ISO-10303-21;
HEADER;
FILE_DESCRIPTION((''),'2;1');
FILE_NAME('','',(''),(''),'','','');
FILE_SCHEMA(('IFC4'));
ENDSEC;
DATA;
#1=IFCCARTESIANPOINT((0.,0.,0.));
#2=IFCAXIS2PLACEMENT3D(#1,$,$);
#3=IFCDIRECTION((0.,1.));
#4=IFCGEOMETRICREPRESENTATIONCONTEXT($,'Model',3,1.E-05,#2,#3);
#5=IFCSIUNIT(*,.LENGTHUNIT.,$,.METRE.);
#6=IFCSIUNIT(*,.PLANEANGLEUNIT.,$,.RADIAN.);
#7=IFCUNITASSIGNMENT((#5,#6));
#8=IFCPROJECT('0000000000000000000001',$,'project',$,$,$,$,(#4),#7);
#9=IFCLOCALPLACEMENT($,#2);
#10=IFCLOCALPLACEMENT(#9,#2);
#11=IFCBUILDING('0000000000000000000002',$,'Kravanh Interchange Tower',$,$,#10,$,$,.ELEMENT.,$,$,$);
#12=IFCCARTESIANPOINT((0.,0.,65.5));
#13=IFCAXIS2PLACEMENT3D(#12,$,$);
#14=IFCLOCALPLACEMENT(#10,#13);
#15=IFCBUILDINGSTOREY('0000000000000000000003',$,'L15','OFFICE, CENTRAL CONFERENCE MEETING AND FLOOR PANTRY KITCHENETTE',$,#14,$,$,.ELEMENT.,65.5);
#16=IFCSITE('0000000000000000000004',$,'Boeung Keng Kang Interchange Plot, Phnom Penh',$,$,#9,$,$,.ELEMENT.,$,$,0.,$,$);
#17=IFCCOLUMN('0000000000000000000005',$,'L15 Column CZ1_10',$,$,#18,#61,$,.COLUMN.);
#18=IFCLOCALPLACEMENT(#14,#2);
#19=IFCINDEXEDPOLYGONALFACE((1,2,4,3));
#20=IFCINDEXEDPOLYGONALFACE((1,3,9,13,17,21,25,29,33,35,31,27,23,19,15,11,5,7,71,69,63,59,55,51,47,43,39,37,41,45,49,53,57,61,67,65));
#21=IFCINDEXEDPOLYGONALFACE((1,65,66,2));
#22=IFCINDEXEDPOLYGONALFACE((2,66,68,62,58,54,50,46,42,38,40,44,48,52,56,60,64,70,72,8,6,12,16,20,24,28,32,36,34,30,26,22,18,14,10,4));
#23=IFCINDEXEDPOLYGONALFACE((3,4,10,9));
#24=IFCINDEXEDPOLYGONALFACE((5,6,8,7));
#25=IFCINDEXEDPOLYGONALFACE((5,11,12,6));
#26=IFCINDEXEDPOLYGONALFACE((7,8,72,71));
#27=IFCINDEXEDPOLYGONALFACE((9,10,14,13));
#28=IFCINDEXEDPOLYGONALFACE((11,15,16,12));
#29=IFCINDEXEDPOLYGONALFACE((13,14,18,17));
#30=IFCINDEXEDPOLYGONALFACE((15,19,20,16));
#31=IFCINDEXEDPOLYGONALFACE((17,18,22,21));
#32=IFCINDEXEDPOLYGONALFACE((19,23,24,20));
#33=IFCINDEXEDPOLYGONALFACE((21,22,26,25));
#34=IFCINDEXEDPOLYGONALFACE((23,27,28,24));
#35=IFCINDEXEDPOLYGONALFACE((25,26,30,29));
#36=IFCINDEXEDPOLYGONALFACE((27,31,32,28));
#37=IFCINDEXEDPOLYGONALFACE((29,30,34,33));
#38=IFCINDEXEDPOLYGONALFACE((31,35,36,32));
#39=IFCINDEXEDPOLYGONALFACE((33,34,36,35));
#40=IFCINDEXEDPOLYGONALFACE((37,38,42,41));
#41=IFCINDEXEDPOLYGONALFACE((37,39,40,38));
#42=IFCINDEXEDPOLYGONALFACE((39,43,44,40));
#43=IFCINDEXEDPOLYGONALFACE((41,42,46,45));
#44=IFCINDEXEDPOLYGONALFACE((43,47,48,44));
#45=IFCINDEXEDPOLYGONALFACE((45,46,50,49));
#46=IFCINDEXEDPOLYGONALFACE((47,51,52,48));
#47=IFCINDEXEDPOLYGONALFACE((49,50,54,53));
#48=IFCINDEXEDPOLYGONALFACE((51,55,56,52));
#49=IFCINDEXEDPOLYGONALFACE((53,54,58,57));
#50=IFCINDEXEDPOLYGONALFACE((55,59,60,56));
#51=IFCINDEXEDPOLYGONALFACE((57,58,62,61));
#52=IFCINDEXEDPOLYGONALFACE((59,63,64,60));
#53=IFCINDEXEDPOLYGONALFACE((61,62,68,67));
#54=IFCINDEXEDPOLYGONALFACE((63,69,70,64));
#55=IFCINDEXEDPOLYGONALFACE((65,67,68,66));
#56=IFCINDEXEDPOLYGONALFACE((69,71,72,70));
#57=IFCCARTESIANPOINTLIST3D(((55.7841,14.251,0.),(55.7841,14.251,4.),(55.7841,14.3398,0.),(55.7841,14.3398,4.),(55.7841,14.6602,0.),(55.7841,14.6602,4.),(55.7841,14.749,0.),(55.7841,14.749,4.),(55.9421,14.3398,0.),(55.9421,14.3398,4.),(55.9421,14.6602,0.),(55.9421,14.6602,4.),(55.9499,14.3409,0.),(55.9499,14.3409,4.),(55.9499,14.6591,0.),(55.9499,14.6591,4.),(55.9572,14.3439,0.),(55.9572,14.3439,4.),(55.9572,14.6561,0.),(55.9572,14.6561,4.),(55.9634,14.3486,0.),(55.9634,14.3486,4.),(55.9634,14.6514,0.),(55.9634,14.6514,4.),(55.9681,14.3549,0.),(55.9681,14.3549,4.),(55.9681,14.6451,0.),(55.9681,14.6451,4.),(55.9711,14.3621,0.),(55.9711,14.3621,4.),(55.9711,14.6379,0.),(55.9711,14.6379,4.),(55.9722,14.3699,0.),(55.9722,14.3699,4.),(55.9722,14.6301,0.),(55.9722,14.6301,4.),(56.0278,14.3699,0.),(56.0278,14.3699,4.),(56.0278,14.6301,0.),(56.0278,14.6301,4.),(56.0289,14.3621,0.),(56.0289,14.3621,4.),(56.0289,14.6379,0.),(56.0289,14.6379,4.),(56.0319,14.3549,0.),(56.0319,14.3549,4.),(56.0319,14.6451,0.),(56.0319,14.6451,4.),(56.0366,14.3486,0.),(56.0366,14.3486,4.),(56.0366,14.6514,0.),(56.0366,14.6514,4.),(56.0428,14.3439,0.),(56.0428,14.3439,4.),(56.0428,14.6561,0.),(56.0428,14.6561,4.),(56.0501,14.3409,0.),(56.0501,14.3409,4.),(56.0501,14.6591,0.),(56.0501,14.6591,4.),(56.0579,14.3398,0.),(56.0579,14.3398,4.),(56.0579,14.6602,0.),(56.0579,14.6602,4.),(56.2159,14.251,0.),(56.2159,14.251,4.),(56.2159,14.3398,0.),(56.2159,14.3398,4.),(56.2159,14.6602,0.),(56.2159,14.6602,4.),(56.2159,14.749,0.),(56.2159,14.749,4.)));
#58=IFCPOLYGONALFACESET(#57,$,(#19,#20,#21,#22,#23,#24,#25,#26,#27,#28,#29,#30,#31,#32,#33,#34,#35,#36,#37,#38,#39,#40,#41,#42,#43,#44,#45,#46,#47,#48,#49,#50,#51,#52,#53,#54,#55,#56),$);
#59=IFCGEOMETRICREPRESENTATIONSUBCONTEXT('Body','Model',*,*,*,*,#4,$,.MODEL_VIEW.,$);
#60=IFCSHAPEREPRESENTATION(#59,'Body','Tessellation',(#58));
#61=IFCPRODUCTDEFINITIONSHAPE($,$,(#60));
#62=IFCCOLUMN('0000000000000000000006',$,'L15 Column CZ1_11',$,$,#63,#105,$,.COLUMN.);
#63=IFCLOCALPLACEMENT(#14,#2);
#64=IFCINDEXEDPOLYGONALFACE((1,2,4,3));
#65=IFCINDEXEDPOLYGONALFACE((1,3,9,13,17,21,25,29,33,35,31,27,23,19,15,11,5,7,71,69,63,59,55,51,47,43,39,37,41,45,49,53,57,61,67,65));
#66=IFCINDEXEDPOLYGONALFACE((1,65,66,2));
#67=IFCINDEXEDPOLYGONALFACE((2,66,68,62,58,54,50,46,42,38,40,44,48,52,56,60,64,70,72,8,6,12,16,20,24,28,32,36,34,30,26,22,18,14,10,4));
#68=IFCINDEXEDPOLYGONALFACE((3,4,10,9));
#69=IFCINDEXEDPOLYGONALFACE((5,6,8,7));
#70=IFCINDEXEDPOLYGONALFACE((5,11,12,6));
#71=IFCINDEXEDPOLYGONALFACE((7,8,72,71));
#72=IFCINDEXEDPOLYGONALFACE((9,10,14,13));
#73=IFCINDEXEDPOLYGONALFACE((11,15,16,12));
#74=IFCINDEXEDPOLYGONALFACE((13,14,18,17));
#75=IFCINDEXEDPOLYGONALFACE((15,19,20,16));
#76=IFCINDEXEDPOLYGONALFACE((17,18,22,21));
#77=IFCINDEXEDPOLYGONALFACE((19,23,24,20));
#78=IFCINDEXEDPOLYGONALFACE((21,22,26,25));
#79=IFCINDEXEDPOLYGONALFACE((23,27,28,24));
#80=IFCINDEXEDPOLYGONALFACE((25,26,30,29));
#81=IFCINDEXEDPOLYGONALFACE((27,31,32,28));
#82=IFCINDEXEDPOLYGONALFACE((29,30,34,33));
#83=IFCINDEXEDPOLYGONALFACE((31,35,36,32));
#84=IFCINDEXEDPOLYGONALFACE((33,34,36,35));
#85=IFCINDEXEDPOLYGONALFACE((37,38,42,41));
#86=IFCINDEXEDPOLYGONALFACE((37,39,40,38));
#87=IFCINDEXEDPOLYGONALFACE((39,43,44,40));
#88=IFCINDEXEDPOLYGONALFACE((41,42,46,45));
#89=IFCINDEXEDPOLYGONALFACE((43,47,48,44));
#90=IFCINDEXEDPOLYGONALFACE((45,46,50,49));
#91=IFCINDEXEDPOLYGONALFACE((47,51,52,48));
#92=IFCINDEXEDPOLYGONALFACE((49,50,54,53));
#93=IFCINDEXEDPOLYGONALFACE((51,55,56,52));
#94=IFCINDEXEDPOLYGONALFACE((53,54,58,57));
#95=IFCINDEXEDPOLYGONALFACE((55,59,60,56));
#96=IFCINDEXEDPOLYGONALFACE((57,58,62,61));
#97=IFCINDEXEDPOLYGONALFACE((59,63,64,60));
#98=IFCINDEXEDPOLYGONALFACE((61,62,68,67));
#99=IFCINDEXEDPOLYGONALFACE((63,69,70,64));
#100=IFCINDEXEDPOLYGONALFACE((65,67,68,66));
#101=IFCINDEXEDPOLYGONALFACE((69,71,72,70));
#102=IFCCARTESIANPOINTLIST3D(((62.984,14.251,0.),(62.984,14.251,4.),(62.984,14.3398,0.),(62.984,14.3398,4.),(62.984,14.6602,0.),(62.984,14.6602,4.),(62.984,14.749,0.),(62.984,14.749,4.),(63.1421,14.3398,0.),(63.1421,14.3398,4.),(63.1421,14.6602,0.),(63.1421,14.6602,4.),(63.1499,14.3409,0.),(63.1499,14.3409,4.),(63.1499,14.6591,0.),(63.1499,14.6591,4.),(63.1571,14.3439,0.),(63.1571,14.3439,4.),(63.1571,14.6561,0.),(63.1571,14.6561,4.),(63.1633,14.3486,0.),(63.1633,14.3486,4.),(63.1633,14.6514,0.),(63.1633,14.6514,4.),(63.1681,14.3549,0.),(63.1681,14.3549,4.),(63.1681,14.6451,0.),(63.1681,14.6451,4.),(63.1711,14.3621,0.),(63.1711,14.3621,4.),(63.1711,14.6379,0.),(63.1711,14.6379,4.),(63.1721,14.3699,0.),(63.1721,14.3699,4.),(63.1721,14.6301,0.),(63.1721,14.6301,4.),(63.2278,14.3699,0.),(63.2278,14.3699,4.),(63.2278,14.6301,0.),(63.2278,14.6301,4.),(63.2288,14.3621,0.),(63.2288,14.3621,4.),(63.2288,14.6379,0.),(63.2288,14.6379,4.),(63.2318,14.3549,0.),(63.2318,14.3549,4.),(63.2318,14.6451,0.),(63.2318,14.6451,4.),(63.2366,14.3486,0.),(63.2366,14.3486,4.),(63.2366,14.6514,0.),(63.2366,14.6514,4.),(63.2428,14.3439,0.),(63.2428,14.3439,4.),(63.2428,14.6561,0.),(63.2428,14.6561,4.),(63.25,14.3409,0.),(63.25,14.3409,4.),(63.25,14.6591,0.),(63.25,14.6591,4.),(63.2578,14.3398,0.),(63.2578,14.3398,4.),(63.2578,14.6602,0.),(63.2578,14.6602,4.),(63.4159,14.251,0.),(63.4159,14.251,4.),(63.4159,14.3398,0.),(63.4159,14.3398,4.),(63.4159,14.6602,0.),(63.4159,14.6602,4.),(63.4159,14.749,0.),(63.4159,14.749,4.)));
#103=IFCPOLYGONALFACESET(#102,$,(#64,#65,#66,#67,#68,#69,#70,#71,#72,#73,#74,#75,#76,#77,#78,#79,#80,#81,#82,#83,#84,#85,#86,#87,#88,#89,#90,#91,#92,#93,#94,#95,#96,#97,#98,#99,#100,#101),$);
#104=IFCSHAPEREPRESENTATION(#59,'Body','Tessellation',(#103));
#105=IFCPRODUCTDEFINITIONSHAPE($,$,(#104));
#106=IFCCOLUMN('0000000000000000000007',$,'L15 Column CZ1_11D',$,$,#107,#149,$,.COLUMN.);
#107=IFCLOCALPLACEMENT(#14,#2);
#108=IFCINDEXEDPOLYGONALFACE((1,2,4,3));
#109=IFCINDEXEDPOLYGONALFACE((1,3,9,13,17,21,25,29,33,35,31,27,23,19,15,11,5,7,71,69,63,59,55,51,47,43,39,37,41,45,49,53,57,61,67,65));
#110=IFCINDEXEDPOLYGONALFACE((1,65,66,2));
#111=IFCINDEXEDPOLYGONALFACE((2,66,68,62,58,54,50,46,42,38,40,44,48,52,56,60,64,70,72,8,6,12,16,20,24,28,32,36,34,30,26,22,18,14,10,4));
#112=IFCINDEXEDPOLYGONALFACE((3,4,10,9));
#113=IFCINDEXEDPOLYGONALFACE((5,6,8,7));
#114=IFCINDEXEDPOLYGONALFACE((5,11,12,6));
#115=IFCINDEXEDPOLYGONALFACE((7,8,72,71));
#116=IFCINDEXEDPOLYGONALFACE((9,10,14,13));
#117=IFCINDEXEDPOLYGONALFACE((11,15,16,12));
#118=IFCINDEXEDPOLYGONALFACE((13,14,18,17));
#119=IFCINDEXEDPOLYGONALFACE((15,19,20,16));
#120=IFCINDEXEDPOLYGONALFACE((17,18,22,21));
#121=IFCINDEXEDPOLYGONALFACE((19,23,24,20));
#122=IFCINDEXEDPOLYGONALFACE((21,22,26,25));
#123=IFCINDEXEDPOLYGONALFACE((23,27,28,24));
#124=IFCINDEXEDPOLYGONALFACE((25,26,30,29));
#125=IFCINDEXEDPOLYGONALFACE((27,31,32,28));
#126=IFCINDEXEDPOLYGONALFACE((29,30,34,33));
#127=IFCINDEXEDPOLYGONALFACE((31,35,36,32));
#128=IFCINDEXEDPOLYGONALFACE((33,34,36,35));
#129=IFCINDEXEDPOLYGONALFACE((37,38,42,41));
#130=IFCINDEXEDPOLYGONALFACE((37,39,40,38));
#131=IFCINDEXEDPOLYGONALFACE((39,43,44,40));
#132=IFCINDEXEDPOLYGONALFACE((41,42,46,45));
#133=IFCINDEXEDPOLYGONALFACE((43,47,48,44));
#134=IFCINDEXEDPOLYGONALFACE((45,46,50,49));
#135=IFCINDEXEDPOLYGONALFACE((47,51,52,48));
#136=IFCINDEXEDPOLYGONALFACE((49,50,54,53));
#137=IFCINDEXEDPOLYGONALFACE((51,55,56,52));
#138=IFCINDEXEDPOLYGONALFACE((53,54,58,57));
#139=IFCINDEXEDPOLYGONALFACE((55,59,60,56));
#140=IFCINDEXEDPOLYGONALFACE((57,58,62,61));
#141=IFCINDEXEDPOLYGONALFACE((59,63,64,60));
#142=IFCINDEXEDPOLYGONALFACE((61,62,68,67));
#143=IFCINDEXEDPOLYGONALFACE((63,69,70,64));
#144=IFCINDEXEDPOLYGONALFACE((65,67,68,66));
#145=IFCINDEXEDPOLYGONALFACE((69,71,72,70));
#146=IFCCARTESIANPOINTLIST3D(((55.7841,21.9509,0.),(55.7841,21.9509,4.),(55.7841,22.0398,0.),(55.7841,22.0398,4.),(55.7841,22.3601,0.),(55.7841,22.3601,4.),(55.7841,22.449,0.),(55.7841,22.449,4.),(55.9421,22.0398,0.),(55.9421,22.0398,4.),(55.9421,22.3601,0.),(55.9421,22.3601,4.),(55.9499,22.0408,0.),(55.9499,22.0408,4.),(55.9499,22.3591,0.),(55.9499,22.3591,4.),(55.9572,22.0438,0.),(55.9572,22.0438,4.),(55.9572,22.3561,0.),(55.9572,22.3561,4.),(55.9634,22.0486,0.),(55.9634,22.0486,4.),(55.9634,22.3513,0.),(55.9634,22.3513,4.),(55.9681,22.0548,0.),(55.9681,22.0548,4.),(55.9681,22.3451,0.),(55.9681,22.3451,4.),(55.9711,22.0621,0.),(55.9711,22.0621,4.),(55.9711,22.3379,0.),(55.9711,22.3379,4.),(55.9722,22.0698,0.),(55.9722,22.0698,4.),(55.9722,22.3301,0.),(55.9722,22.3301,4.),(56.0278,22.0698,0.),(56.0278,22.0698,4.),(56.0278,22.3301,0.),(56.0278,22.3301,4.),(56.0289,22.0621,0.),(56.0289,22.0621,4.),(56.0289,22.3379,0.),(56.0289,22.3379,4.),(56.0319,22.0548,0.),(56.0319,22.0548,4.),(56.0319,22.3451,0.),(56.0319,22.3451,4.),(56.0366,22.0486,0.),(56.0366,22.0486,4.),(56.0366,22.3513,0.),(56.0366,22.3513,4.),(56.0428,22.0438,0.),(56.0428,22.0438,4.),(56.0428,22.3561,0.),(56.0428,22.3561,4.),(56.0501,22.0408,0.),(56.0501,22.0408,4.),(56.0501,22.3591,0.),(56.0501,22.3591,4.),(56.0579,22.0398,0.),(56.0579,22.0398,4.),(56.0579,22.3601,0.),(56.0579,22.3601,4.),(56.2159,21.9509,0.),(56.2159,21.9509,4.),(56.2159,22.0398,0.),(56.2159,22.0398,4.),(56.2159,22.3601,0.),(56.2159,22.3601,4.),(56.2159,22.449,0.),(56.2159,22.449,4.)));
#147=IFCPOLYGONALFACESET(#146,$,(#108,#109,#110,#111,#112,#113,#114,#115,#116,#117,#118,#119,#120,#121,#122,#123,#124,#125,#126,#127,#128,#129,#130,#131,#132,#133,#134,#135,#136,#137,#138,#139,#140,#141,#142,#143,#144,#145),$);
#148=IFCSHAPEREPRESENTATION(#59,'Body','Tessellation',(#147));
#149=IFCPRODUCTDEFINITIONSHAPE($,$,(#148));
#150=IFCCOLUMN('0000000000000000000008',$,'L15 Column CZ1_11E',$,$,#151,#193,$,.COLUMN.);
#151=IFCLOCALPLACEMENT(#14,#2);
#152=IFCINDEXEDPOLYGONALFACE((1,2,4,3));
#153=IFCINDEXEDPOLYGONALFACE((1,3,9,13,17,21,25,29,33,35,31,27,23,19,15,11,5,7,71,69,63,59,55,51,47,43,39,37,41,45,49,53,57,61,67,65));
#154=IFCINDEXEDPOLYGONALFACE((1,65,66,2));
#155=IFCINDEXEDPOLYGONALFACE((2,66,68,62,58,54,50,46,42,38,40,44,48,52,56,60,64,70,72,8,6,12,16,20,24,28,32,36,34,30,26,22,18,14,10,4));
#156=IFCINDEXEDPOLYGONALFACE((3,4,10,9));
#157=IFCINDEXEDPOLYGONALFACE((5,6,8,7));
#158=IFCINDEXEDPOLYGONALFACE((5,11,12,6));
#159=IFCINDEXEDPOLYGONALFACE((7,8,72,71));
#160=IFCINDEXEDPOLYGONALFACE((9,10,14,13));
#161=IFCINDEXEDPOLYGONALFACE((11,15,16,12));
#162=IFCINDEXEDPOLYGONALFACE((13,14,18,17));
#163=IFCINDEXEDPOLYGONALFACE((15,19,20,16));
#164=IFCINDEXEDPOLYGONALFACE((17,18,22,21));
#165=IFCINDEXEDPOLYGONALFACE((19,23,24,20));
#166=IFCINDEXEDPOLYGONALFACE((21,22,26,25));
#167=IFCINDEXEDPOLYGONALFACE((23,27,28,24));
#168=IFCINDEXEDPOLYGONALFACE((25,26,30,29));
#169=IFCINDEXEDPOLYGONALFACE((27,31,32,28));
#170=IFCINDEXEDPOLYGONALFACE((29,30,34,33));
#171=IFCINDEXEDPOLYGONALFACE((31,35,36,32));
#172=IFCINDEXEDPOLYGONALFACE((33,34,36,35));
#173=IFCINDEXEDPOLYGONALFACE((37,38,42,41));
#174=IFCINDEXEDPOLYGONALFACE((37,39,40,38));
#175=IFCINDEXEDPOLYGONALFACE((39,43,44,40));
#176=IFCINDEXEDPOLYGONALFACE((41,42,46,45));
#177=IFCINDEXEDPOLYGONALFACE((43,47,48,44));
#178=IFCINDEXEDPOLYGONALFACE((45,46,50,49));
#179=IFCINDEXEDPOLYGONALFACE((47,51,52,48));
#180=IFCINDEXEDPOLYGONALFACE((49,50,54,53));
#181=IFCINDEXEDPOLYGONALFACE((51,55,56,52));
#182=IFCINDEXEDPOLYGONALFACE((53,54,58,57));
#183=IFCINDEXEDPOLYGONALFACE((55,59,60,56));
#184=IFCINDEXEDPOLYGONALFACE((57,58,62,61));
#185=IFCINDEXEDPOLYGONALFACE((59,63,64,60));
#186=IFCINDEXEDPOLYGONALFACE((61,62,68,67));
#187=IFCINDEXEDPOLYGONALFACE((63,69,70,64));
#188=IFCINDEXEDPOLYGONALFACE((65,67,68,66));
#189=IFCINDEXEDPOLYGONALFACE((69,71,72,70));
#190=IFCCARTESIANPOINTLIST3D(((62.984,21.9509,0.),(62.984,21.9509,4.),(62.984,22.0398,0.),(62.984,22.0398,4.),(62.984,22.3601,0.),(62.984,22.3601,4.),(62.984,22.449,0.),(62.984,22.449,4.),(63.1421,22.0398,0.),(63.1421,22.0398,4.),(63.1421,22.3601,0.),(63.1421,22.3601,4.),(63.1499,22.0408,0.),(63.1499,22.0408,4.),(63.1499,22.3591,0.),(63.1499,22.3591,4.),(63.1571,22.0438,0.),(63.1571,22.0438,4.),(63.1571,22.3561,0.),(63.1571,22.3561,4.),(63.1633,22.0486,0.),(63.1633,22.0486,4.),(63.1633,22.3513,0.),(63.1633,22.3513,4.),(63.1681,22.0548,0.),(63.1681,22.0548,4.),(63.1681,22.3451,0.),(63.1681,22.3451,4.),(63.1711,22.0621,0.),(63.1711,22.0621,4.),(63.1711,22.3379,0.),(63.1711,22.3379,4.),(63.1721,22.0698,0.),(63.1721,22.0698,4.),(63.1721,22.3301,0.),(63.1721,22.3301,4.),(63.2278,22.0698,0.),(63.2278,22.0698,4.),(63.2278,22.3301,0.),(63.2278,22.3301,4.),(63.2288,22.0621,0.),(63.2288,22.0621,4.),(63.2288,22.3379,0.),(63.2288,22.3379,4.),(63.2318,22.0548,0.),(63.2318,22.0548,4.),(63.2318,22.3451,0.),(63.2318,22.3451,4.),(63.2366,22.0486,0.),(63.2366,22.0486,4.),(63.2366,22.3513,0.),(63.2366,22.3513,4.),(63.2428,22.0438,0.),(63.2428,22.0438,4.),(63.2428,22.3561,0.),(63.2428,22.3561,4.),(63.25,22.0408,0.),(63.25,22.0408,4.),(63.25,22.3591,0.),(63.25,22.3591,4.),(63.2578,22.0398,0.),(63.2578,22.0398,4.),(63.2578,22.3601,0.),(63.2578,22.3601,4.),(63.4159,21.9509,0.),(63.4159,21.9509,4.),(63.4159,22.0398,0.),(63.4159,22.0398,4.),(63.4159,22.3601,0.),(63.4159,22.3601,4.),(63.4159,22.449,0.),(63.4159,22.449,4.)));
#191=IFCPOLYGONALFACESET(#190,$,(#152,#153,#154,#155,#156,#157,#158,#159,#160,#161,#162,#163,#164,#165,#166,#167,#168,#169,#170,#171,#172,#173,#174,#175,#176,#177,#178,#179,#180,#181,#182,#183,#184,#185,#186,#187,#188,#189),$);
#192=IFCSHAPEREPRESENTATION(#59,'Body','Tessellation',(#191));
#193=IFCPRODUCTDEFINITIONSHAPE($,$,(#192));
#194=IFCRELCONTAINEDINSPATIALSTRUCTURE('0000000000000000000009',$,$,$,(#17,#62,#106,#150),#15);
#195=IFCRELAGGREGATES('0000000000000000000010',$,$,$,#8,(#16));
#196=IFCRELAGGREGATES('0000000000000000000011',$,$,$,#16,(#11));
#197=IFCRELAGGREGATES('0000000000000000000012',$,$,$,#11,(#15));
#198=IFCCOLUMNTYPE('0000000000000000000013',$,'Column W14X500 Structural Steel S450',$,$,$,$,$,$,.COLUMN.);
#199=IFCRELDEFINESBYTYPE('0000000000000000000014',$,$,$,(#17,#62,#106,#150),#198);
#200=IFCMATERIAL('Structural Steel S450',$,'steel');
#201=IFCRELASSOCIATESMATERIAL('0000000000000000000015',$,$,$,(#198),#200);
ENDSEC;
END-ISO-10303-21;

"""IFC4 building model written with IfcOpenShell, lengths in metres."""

from ifc_helpers import new_model, si_unit, direction, frame, origin, origin_2d, place, context, subcontext, project, spatial, i_section, extrude, material, material_profile, profile_set, type_object, element, save


model = new_model("IFC4")

# Units and contexts
model_context = context("Model", 3, precision=1e-05, world=origin(), true_north=direction((0.0, 1.0)))
body_context = subcontext(model_context, "Body", "Model", "MODEL_VIEW")
ifc_project = project(units=[si_unit("LENGTHUNIT", "METRE"), si_unit("PLANEANGLEUNIT", "RADIAN")], contexts=[model_context])

# Site, building, storey
site_placement = place(None, origin())
site = spatial("IfcSite", under=ifc_project, at=site_placement, Name="Boeung Keng Kang Interchange Plot, Phnom Penh", CompositionType="ELEMENT", RefElevation=0.0)
building_placement = place(site_placement, origin())
building = spatial("IfcBuilding", under=site, at=building_placement, Name="Kravanh Interchange Tower", CompositionType="ELEMENT")
storey_placement = place(building_placement, frame((0.0, 0.0, 65.5)))
storey = spatial("IfcBuildingStorey", under=building, at=storey_placement, Name="L15", Description="OFFICE, CENTRAL CONFERENCE MEETING AND FLOOR PANTRY KITCHENETTE", CompositionType="ELEMENT", Elevation=65.5)

# Columns
ifc_material_1 = material(Name="Structural Steel S450", Category="steel")
ifc_material_profile_1 = material_profile(ifc_material_1, i_section(OverallWidth=0.4319, OverallDepth=0.498, WebThickness=0.0557, FlangeThickness=0.0889, FilletRadius=0.03, at=origin_2d()), Name="W14X500")
ifc_profile_set_1 = profile_set([ifc_material_profile_1], Name="Structural Steel S450")
column_type = type_object("IfcColumnType", Name="Column W14X500 Structural Steel S450", PredefinedType="COLUMN", material=ifc_profile_set_1)
for number, where, z_axis, x_axis, name in (
    (1, (56.0, 14.5, 0.0), (0.0, 0.0, 1.0), (1.0, 0.0, 0.0), "L15 Column CZ1_10"),
    (2, (63.2, 14.5, 0.0), (0.0, 0.0, 1.0), (1.0, 0.0, 0.0), "L15 Column CZ1_11"),
    (3, (56.0, 22.2, 0.0), (0.0, 0.0, 1.0), (1.0, 0.0, 0.0), "L15 Column CZ1_11D"),
    (4, (63.2, 22.2, 0.0), (0.0, 0.0, 1.0), (1.0, 0.0, 0.0), "L15 Column CZ1_11E"),
):
    element("IfcColumn", number, at=place(storey_placement, frame(where, z_axis=z_axis, x_axis=x_axis)), inside=storey, type_object=column_type, Name=name, PredefinedType="COLUMN", context=body_context, shape_type="SweptSolid", body=[
        extrude(i_section(OverallWidth=0.4319, OverallDepth=0.498, WebThickness=0.0557, FlangeThickness=0.0889, FilletRadius=0.03, at=origin_2d()), origin(), (0.0, 0.0, 1.0), 4.0),
    ])

save(model, "model.ifc")
